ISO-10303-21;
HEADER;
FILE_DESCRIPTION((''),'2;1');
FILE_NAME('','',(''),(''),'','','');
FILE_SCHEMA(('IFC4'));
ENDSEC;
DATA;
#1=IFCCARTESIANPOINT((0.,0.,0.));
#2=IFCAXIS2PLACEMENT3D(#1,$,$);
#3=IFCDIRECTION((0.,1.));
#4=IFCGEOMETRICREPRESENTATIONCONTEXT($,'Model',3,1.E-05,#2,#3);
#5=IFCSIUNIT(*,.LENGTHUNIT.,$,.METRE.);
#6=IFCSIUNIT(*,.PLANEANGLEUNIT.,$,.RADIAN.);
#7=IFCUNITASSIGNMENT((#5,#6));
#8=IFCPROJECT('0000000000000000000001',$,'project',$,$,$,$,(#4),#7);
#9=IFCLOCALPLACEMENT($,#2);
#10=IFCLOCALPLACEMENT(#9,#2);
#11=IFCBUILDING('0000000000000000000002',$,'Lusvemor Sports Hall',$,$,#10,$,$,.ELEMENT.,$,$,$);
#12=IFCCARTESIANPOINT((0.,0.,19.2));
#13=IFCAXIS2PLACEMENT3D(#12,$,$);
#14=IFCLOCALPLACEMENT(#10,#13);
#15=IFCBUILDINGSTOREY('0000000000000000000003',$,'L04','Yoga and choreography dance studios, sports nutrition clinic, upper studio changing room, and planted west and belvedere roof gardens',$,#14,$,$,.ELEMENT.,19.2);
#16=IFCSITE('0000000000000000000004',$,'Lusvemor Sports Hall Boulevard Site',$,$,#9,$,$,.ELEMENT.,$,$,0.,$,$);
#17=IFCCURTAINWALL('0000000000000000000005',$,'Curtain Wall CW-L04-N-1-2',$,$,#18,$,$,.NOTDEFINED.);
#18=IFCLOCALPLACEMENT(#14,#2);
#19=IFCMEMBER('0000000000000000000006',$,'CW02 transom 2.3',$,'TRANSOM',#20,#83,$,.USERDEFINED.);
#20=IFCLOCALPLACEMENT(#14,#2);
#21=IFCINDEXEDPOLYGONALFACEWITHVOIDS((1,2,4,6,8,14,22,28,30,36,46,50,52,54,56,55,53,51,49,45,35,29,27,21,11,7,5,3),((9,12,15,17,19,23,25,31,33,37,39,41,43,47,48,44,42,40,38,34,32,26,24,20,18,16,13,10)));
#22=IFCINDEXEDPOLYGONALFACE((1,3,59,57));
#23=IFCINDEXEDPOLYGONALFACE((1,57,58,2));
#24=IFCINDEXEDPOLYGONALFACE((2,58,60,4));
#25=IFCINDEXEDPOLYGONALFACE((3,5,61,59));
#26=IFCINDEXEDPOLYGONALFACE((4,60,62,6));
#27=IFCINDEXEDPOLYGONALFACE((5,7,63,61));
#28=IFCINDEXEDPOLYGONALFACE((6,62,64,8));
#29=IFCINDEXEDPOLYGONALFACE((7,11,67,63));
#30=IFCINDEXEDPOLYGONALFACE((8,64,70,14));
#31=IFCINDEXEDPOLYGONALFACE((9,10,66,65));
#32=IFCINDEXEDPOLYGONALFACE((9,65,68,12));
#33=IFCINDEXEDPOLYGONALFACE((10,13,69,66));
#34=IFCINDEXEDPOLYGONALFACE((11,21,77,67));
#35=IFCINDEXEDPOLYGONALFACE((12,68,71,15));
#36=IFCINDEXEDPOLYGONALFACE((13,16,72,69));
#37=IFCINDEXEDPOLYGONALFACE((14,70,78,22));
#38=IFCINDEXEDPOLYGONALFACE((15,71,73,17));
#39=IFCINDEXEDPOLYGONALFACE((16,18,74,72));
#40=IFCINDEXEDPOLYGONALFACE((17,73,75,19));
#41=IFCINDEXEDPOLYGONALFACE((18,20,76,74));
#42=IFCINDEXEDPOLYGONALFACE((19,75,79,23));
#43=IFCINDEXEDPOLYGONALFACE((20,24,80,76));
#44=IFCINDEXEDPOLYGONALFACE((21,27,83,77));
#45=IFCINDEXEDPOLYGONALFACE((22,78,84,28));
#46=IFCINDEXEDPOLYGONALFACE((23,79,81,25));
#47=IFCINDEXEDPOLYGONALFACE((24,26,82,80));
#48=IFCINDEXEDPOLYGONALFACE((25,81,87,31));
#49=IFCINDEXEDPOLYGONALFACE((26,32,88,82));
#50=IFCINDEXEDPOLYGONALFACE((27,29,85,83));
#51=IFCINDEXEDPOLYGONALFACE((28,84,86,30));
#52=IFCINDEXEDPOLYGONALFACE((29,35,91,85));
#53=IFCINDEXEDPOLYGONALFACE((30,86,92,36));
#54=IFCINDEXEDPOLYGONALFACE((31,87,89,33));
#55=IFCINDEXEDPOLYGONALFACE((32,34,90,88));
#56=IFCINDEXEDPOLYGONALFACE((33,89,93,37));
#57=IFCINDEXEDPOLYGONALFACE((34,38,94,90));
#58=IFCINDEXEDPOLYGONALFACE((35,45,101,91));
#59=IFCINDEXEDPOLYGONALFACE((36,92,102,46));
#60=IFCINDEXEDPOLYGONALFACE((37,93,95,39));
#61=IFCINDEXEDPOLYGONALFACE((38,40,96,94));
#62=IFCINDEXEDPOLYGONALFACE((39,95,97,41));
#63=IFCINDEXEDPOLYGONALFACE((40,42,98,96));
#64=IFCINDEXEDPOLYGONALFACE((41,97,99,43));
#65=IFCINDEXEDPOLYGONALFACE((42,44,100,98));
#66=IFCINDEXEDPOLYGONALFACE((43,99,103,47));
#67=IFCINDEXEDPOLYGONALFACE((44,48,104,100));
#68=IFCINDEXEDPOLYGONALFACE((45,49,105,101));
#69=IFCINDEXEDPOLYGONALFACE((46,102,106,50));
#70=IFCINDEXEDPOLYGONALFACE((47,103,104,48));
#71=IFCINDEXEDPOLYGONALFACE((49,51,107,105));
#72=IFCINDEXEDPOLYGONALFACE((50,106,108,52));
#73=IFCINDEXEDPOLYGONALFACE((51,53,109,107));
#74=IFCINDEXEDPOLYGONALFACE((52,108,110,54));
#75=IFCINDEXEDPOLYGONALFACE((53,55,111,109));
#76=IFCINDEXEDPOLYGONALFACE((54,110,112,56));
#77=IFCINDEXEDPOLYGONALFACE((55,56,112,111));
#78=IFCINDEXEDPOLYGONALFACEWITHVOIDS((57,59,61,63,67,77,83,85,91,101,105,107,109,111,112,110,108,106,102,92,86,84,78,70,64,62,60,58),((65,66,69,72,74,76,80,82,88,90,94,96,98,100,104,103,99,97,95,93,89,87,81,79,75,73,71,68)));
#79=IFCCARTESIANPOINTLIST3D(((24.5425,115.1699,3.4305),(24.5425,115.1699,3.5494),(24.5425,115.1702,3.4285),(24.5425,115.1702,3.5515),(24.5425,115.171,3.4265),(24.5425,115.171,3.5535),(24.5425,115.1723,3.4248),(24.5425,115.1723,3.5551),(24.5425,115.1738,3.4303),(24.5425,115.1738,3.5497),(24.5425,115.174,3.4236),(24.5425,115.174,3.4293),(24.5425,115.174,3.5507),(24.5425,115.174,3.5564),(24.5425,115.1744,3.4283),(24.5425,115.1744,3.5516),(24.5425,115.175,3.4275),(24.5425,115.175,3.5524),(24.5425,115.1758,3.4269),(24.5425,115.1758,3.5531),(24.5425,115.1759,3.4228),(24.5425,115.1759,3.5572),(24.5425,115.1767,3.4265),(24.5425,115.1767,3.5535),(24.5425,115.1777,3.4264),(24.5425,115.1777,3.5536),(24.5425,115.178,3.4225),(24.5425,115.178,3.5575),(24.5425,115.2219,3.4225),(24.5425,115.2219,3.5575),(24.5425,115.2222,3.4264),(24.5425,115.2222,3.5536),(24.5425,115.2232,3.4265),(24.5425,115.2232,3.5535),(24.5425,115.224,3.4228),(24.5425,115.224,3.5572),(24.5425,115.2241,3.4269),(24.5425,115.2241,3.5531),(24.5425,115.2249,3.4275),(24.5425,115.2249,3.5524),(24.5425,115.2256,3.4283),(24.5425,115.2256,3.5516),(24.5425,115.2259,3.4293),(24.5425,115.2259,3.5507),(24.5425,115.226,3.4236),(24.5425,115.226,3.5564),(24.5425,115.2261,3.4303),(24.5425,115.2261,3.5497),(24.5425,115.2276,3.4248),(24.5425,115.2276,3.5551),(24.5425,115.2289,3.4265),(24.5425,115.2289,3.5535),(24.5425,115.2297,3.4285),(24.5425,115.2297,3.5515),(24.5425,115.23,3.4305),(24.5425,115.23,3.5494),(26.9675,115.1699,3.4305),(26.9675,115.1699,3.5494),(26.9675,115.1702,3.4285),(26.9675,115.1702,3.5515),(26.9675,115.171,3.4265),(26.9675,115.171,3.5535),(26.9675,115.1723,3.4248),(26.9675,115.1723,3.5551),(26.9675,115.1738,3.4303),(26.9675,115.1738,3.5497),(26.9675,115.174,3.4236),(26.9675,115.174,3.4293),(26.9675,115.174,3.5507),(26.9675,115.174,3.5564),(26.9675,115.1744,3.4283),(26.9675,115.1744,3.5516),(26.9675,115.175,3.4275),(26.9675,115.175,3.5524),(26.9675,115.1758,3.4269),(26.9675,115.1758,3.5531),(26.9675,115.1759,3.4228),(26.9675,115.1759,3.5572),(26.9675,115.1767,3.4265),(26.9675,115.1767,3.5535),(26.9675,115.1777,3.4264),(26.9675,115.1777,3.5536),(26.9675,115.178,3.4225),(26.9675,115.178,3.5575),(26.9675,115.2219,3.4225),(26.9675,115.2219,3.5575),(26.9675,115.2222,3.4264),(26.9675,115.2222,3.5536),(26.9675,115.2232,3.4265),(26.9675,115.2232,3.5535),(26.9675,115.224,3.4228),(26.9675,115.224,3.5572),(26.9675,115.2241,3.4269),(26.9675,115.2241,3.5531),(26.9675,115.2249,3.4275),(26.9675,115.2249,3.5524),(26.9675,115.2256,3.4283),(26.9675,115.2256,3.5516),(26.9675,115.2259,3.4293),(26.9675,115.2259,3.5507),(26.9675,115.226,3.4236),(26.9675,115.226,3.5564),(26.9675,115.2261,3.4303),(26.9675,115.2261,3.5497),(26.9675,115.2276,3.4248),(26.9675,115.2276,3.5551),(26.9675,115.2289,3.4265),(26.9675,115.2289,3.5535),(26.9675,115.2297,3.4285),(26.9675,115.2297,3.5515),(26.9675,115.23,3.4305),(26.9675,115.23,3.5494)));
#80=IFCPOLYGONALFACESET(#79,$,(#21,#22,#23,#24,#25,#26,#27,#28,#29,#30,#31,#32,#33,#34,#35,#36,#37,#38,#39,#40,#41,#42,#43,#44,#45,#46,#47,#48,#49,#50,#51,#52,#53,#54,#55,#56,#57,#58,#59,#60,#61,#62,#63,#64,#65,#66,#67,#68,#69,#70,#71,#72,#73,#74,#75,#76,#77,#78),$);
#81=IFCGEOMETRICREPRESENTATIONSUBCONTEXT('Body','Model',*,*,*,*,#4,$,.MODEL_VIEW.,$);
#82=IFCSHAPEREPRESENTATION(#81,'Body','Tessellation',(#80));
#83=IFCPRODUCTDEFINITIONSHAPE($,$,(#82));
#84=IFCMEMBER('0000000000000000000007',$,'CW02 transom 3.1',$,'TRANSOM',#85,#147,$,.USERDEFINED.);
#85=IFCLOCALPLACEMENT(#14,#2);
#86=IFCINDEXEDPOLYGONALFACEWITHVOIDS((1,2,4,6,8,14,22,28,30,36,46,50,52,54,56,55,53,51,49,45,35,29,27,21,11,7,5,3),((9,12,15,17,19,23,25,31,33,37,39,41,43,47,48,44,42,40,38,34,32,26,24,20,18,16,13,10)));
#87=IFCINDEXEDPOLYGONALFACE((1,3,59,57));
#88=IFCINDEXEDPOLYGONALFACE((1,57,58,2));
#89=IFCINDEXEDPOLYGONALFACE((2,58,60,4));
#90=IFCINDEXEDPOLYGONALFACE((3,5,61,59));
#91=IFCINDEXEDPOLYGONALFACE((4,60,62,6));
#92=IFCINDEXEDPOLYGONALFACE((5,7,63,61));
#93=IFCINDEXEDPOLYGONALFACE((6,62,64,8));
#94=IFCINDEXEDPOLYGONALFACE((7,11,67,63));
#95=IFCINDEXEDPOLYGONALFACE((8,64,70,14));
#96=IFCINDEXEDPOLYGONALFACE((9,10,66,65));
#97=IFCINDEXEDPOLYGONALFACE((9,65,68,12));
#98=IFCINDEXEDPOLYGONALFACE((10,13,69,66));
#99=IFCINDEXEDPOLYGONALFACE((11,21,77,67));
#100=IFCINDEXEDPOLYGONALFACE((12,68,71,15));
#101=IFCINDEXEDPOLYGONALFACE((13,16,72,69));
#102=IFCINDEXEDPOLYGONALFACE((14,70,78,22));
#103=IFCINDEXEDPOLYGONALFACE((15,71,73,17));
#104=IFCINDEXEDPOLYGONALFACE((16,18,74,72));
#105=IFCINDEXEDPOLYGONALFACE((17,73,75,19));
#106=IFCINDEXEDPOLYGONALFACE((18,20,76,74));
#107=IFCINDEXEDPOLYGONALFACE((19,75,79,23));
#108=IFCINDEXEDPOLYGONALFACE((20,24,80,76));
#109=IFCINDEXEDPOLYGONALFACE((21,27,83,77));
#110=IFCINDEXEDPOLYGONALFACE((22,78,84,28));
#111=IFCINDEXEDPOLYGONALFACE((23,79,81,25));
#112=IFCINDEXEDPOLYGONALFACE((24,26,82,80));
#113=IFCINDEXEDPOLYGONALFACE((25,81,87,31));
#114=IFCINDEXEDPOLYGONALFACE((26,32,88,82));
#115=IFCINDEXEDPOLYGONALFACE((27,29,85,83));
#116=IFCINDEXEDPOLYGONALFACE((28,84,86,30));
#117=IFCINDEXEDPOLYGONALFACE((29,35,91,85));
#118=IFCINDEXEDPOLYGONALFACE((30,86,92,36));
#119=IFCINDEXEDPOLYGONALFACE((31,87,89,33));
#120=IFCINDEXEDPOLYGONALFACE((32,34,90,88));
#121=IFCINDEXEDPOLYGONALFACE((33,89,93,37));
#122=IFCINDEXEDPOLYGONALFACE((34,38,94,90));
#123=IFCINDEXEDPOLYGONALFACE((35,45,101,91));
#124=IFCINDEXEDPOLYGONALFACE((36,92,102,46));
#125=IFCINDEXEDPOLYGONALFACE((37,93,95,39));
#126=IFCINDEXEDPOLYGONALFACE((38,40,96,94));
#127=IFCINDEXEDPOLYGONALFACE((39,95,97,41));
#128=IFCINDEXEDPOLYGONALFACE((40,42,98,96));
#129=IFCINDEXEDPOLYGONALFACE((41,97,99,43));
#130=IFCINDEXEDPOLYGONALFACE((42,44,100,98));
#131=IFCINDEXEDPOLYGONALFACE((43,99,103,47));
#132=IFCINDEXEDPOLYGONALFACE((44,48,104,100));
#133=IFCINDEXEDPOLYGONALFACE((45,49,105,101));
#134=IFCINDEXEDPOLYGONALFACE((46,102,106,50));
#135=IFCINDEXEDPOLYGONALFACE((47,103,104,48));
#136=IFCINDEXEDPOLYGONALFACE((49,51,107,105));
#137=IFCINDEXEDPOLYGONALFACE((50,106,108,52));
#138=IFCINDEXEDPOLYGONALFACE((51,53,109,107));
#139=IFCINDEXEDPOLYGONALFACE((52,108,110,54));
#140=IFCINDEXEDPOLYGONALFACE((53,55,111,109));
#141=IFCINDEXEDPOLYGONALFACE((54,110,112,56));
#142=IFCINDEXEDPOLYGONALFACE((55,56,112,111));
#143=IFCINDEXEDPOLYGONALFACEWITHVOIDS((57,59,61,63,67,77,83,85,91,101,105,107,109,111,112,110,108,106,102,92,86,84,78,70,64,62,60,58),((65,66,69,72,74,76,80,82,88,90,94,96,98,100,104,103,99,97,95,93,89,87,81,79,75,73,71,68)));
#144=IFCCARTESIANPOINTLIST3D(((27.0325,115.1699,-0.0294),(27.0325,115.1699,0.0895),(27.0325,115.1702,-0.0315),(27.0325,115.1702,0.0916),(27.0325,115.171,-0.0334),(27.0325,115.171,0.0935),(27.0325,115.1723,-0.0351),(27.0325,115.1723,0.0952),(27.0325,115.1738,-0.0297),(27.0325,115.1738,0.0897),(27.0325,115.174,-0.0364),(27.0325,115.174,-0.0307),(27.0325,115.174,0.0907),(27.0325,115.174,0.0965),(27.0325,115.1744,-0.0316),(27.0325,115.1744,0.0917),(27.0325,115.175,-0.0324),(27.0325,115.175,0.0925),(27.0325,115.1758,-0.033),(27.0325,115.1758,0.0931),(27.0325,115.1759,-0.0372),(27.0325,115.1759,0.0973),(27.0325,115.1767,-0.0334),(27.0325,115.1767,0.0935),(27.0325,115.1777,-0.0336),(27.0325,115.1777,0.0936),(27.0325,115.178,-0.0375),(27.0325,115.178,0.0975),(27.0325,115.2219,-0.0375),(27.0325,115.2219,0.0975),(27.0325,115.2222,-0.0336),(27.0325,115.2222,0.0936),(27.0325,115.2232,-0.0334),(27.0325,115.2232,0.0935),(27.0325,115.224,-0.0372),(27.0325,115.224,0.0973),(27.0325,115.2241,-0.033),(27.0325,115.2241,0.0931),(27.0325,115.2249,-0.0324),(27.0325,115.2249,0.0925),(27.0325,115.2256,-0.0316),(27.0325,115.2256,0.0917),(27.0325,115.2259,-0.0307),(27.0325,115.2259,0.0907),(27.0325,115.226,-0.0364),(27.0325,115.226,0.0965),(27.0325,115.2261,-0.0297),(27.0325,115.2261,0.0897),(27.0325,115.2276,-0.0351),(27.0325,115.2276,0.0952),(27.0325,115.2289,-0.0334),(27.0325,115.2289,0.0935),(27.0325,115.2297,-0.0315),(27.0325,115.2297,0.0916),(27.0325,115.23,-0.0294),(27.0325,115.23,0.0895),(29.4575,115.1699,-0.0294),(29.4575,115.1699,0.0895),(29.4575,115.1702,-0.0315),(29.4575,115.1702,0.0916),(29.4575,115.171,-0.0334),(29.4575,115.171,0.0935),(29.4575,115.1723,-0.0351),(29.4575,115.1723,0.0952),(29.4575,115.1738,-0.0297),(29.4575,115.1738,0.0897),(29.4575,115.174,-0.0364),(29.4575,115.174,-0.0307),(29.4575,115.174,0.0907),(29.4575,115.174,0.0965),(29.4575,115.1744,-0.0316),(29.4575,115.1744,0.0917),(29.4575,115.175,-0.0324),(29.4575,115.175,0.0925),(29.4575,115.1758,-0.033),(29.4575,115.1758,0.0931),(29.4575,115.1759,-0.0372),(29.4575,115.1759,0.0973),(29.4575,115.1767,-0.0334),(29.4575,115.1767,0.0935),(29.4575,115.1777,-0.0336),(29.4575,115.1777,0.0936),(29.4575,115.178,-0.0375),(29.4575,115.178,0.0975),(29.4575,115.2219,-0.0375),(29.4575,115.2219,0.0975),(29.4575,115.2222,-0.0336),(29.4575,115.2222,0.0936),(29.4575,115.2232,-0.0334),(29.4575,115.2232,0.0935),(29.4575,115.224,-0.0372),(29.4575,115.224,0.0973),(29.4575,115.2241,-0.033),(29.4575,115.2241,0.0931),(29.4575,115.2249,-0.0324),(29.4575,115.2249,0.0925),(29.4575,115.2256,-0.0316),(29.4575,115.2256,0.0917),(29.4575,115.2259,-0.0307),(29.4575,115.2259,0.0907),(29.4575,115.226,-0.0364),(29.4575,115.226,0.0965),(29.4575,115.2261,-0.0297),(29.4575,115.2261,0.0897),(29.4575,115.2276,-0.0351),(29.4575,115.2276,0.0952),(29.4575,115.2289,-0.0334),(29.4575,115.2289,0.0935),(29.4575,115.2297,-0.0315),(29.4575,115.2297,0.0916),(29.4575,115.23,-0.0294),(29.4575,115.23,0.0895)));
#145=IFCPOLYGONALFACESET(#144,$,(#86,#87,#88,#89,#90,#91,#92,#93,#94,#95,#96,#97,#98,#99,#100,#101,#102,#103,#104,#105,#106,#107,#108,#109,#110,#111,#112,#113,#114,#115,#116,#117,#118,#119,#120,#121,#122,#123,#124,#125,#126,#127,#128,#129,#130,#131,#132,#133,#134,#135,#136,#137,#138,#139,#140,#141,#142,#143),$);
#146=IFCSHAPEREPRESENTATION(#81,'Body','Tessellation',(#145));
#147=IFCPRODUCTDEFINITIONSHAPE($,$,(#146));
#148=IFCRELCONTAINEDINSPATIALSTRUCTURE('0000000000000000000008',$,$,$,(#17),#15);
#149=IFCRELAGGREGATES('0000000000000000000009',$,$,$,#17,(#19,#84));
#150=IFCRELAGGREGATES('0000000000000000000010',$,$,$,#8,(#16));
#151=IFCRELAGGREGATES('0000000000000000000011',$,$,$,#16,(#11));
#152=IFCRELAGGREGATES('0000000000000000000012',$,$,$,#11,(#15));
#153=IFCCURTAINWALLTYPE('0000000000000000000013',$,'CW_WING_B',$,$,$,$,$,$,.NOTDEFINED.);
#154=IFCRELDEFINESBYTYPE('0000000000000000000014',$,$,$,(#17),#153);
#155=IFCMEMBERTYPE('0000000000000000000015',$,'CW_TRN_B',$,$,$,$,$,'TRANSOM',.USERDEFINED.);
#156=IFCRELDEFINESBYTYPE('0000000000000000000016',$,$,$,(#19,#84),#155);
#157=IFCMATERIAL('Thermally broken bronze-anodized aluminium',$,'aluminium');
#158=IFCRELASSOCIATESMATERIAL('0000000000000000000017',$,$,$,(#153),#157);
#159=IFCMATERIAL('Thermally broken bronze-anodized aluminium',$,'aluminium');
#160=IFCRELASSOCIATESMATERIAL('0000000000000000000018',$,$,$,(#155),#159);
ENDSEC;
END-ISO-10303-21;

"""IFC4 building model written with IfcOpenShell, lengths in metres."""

from ifc_helpers import new_model, si_unit, direction, frame, origin, origin_2d, place, context, subcontext, project, spatial, hollow_rectangle, extrude, material, material_profile, profile_set, type_object, element, aggregate, save


model = new_model("IFC4")

# Units and contexts
model_context = context("Model", 3, precision=1e-05, world=origin(), true_north=direction((0.0, 1.0)))
body_context = subcontext(model_context, "Body", "Model", "MODEL_VIEW")
ifc_project = project(units=[si_unit("LENGTHUNIT", "METRE"), si_unit("PLANEANGLEUNIT", "RADIAN")], contexts=[model_context])

# Site, building, storey
site_placement = place(None, origin())
site = spatial("IfcSite", under=ifc_project, at=site_placement, Name="Lusvemor Sports Hall Boulevard Site", CompositionType="ELEMENT", RefElevation=0.0)
building_placement = place(site_placement, origin())
building = spatial("IfcBuilding", under=site, at=building_placement, Name="Lusvemor Sports Hall", CompositionType="ELEMENT")
storey_placement = place(building_placement, frame((0.0, 0.0, 19.2)))
storey = spatial("IfcBuildingStorey", under=building, at=storey_placement, Name="L04", Description="Yoga and choreography dance studios, sports nutrition clinic, upper studio changing room, and planted west and belvedere roof gardens", CompositionType="ELEMENT", Elevation=19.2)

# Curtain wall
ifc_material_1 = material(Name="Thermally broken bronze-anodized aluminium", Category="aluminium")
curtain_wall_type = type_object("IfcCurtainWallType", Name="CW_WING_B", PredefinedType="NOTDEFINED", material=ifc_material_1)
curtain_wall_1_placement = place(storey_placement, origin())
curtain_wall_1 = element("IfcCurtainWall", 1, at=curtain_wall_1_placement, inside=storey, type_object=curtain_wall_type, Name="Curtain Wall CW-L04-N-1-2", PredefinedType="NOTDEFINED")

# Members
ifc_material_2 = material(Name="Thermally broken bronze-anodized aluminium", Category="aluminium")
ifc_material_profile_1 = material_profile(ifc_material_2, hollow_rectangle(XDim=0.0601, YDim=0.135, WallThickness=0.0039, InnerFilletRadius=0.0039, OuterFilletRadius=0.0081, at=origin_2d()), Name="CWTRN135x60x4")
ifc_profile_set_1 = profile_set([ifc_material_profile_1], Name="Thermally broken bronze-anodized aluminium")
member_type_1 = type_object("IfcMemberType", Name="CW_TRN_B", ElementType="TRANSOM", PredefinedType="USERDEFINED", material=ifc_profile_set_1)
member_1_placement = place(storey_placement, frame((24.5425, 115.2, 3.49), z_axis=(1.0, 0.0, 0.0), x_axis=(0.0, 1.0, 0.0)))
member_1 = element("IfcMember", 2, at=member_1_placement, type_object=member_type_1, Name="CW02 transom 2.3", ObjectType="TRANSOM", PredefinedType="USERDEFINED", context=body_context, shape_type="SweptSolid", body=[
    extrude(hollow_rectangle(XDim=0.0601, YDim=0.135, WallThickness=0.0039, InnerFilletRadius=0.0039, OuterFilletRadius=0.0081, at=origin_2d()), origin(), (0.0, 0.0, 1.0), 2.425),
])
member_2_placement = place(storey_placement, frame((27.0325, 115.2, 0.03), z_axis=(1.0, 0.0, 0.0), x_axis=(0.0, 1.0, 0.0)))
member_2 = element("IfcMember", 3, at=member_2_placement, type_object=member_type_1, Name="CW02 transom 3.1", ObjectType="TRANSOM", PredefinedType="USERDEFINED", context=body_context, shape_type="SweptSolid", body=[
    extrude(hollow_rectangle(XDim=0.0601, YDim=0.135, WallThickness=0.0039, InnerFilletRadius=0.0039, OuterFilletRadius=0.0081, at=origin_2d()), origin(), (0.0, 0.0, 1.0), 2.425),
])

aggregate(curtain_wall_1, [member_1, member_2])

save(model, "model.ifc")
